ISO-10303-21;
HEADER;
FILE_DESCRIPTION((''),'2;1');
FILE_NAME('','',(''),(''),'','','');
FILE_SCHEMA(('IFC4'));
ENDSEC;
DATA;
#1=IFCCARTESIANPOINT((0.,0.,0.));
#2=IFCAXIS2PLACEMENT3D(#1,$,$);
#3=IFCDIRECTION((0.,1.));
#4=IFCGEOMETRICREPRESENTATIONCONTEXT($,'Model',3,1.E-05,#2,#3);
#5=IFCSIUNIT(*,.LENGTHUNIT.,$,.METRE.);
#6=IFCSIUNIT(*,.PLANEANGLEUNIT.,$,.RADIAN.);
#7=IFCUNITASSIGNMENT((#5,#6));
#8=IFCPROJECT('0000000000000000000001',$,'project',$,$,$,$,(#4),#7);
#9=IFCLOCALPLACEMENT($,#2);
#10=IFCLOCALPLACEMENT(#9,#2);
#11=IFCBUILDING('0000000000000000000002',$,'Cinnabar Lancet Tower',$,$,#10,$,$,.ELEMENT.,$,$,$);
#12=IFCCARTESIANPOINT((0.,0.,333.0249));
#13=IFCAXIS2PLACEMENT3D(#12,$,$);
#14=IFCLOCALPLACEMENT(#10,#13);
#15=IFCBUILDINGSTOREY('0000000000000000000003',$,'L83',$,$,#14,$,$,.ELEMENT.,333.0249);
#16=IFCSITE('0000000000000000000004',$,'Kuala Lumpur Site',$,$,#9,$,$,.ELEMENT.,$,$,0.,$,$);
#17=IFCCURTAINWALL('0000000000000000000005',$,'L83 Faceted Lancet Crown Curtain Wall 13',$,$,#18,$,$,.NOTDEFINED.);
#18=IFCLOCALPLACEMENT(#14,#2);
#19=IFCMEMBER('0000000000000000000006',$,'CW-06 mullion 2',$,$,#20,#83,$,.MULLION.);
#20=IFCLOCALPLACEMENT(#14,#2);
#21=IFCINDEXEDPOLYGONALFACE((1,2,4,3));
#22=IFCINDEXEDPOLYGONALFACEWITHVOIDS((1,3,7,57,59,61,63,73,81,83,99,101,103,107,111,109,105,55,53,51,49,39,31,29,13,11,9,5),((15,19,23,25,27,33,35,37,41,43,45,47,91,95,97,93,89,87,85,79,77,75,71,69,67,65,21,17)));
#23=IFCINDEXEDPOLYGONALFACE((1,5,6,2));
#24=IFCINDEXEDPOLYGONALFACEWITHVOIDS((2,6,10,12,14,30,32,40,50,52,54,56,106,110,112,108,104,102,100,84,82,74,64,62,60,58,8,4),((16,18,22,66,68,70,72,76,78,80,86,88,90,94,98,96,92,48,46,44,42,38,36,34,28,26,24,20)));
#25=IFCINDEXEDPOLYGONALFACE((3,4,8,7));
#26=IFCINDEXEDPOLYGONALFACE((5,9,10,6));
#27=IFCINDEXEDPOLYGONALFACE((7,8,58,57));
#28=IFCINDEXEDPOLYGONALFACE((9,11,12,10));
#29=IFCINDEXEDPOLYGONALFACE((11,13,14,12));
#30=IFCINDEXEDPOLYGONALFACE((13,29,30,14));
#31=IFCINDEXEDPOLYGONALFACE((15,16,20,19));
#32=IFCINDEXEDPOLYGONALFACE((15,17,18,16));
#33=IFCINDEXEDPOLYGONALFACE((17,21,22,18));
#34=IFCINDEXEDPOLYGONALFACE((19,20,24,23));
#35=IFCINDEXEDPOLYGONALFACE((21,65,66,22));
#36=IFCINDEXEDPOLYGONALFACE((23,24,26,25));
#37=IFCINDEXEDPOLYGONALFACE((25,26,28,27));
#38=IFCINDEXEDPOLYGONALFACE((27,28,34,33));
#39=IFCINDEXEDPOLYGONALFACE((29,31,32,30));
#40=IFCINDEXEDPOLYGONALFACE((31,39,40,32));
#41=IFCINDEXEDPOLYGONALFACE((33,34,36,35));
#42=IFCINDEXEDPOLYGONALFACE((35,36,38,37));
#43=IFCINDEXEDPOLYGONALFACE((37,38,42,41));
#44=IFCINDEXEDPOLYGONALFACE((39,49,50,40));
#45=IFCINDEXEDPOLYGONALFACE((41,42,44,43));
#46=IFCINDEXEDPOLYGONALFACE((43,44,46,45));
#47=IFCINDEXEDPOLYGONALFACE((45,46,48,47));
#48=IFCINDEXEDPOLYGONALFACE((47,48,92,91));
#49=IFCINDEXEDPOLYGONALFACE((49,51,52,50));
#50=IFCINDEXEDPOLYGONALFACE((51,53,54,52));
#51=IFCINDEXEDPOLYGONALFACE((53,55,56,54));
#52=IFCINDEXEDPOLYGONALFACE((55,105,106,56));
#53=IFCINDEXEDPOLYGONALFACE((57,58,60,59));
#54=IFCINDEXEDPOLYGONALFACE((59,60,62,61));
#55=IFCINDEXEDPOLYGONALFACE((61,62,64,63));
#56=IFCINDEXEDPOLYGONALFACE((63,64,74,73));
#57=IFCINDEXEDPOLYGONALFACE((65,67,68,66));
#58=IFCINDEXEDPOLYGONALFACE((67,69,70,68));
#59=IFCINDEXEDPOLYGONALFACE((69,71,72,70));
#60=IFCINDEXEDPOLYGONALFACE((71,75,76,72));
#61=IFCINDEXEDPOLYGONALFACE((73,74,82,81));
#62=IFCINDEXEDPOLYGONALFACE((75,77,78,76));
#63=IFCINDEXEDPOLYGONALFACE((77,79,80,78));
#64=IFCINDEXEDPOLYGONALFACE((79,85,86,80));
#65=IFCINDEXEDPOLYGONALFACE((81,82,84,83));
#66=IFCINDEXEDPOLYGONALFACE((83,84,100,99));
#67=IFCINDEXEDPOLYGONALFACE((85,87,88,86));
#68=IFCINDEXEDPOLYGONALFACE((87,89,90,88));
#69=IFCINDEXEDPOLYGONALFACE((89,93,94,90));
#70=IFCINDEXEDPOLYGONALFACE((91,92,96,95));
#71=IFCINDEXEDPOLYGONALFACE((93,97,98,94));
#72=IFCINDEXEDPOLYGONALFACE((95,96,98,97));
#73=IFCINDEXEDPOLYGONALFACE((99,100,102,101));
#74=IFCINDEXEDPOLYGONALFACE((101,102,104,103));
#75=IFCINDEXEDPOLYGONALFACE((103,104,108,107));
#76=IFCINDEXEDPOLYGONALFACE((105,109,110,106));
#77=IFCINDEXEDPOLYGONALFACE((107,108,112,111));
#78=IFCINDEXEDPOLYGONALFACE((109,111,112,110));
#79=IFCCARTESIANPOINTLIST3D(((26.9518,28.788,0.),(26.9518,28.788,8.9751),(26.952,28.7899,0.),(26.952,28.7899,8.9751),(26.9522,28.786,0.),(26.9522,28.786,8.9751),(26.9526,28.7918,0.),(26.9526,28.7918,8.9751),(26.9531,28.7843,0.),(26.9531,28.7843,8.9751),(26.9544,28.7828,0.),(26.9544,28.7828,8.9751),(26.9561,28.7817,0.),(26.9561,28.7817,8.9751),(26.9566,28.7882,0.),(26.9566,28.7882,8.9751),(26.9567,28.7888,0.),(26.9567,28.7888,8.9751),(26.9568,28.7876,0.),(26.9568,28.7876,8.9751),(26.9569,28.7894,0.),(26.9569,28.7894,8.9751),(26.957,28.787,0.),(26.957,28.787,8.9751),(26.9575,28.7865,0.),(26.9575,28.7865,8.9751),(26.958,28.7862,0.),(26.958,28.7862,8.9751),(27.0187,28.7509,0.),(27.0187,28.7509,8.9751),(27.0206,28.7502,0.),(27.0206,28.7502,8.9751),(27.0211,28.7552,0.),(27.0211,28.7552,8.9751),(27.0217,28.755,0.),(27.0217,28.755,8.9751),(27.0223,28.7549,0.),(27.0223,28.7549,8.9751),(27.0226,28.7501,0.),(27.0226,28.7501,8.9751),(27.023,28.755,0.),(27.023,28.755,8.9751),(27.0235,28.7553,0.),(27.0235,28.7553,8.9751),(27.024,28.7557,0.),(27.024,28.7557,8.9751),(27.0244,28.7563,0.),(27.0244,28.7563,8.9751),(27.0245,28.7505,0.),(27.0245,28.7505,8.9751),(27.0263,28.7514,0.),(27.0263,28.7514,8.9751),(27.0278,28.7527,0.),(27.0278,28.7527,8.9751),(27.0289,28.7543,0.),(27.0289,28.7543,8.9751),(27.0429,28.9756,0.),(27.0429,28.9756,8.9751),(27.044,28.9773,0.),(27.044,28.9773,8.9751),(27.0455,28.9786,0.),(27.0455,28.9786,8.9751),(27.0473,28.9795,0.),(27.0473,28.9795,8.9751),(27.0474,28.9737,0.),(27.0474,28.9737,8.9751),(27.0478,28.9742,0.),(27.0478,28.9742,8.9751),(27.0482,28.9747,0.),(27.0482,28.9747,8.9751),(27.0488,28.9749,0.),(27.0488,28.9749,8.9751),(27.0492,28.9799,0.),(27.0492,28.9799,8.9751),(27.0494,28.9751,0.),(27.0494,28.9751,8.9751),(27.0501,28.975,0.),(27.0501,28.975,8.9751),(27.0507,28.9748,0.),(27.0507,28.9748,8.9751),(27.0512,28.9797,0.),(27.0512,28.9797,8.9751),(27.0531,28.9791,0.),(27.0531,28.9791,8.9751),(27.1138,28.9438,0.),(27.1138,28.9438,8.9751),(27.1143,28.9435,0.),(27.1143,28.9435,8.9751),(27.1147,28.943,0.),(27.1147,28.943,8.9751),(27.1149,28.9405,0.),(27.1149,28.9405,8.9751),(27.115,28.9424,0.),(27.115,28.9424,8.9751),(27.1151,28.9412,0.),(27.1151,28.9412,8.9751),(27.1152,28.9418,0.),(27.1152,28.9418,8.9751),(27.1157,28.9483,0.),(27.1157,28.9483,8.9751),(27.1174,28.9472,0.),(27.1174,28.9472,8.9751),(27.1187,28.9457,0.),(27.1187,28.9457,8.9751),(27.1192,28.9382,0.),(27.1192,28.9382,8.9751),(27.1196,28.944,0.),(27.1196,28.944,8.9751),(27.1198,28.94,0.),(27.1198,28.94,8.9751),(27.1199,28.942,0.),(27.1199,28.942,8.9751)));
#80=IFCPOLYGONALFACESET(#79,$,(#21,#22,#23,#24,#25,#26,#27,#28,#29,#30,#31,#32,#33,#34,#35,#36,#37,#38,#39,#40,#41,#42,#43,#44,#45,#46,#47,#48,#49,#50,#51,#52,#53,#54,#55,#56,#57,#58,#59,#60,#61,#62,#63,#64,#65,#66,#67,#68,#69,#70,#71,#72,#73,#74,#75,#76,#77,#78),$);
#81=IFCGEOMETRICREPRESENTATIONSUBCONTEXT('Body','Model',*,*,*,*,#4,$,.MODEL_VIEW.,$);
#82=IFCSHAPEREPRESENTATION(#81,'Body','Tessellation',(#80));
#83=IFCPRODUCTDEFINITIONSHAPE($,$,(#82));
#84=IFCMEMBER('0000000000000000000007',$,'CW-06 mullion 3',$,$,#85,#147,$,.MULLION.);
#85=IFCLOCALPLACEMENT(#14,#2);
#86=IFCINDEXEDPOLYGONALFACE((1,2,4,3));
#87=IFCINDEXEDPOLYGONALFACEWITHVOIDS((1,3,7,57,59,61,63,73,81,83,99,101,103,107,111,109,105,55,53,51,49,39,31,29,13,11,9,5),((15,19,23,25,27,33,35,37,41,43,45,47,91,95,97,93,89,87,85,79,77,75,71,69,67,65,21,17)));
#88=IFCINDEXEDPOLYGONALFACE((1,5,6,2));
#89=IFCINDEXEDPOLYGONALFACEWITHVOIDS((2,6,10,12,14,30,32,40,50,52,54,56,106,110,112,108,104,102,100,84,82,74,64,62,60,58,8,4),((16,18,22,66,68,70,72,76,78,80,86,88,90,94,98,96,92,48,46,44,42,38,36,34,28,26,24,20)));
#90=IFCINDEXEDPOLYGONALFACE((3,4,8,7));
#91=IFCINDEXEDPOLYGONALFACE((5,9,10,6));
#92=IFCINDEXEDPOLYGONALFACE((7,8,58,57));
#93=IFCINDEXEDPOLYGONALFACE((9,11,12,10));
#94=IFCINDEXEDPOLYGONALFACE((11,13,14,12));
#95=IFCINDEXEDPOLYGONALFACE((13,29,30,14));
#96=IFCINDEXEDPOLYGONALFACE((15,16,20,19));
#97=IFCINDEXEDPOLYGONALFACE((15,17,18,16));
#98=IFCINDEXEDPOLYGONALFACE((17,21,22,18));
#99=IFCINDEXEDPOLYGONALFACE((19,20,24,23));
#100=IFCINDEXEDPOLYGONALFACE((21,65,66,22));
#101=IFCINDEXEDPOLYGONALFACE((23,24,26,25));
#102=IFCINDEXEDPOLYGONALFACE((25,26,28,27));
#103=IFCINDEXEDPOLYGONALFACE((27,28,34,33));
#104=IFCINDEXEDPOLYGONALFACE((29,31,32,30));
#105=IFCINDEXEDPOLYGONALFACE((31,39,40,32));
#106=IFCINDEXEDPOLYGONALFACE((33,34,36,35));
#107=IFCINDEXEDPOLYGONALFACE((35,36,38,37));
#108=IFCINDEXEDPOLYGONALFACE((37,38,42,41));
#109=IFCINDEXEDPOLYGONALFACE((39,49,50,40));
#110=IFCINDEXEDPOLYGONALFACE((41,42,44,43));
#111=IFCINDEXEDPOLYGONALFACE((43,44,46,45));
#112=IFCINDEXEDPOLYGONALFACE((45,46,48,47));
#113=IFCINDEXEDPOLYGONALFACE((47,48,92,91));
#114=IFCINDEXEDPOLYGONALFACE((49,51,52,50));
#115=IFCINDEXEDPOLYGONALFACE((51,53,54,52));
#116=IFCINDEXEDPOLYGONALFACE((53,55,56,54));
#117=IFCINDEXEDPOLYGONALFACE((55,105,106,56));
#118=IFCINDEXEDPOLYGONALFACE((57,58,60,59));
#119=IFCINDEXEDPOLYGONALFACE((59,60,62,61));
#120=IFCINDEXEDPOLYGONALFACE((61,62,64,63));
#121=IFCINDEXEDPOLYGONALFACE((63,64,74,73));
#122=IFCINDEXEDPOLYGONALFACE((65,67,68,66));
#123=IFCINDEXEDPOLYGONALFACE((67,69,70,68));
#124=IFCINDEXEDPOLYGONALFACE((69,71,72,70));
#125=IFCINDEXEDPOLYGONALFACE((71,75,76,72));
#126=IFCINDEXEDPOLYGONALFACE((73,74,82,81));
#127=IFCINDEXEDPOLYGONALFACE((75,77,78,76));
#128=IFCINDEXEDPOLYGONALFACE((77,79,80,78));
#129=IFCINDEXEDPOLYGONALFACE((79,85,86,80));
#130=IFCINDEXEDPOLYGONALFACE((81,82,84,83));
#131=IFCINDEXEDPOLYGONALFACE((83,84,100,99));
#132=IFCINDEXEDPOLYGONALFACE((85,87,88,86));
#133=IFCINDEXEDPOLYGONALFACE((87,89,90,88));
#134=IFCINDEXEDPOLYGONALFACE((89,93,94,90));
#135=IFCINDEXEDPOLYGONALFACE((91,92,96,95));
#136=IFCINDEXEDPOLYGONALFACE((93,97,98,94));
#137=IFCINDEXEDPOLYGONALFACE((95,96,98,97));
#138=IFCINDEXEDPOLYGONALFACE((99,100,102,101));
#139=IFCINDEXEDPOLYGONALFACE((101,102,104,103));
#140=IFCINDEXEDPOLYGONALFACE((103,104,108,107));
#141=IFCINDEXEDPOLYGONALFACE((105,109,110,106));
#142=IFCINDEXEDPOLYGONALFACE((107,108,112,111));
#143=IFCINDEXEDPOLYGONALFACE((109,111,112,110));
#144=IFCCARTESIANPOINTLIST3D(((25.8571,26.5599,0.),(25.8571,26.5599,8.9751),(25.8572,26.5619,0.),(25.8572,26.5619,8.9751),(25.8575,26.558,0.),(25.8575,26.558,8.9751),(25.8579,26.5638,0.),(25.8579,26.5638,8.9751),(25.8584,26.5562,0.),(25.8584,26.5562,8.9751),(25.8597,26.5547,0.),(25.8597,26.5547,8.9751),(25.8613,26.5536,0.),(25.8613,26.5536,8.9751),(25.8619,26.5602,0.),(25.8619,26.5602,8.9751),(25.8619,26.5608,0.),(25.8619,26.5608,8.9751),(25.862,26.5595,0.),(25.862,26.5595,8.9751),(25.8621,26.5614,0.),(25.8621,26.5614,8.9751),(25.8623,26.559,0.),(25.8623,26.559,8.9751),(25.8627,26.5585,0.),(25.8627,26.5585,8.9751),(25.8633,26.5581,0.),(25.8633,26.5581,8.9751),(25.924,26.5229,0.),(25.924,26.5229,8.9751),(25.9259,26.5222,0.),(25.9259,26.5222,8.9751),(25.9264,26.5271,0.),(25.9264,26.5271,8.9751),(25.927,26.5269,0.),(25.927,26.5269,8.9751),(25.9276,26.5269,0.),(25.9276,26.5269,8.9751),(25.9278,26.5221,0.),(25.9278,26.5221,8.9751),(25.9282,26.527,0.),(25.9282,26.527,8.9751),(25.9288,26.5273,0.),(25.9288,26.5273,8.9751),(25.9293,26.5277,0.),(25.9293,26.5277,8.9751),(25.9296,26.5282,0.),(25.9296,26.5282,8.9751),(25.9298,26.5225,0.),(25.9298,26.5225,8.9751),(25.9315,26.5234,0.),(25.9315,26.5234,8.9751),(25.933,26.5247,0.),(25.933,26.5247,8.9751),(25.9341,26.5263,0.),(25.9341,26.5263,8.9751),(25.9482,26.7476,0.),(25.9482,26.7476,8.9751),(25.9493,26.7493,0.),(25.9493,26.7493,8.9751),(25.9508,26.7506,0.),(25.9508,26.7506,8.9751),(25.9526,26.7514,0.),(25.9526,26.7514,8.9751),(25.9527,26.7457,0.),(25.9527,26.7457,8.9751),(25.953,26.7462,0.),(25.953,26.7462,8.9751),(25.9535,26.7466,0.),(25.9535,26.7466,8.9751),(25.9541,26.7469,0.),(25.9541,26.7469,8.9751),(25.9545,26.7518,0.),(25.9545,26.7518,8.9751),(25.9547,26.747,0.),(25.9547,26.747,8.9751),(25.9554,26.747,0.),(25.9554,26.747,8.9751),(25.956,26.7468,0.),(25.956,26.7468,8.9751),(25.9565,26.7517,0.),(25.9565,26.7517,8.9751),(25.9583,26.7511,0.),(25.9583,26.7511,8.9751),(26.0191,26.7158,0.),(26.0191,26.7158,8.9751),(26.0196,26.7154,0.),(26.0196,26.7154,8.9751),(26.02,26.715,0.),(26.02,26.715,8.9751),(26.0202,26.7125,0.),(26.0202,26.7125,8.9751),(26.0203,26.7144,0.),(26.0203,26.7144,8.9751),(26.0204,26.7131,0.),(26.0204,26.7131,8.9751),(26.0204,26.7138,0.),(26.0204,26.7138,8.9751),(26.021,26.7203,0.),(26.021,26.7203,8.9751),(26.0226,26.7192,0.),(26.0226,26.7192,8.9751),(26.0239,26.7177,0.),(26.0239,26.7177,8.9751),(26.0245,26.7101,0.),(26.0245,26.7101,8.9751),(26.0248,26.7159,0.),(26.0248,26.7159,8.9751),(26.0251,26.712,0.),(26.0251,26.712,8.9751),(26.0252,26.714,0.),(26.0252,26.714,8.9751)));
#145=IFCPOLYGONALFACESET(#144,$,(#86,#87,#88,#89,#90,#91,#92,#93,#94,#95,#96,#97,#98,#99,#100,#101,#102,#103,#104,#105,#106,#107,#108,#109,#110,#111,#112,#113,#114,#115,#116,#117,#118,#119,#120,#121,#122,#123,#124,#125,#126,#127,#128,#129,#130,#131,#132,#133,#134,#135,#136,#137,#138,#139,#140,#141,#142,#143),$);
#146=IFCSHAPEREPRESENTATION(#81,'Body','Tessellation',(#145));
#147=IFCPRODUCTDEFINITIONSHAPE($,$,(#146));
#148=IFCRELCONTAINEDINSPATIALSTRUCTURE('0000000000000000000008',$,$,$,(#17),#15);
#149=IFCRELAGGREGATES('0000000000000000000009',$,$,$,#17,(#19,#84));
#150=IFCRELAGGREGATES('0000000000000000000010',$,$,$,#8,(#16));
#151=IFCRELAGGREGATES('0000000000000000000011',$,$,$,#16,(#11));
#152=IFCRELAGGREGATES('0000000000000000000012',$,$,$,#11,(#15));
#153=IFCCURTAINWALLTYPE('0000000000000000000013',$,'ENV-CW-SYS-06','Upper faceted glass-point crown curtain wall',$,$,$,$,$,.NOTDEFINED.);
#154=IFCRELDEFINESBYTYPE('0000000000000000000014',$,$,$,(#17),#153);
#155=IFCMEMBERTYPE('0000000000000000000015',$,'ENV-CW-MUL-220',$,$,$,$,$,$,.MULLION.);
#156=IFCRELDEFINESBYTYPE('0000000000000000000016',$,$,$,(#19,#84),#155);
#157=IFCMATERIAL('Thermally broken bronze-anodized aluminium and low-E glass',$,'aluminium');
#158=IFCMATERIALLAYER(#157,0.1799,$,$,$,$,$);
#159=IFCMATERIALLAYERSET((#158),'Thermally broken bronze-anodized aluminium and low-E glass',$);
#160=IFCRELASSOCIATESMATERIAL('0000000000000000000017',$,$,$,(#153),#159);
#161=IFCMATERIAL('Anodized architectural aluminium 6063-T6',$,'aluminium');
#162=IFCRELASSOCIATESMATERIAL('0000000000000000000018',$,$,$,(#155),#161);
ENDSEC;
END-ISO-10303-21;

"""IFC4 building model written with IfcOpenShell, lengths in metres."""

from ifc_helpers import new_model, si_unit, direction, frame, origin, origin_2d, place, context, subcontext, project, spatial, hollow_rectangle, extrude, material, layer, layer_set, material_profile, profile_set, type_object, element, aggregate, save


model = new_model("IFC4")

# Units and contexts
model_context = context("Model", 3, precision=1e-05, world=origin(), true_north=direction((0.0, 1.0)))
body_context = subcontext(model_context, "Body", "Model", "MODEL_VIEW")
ifc_project = project(units=[si_unit("LENGTHUNIT", "METRE"), si_unit("PLANEANGLEUNIT", "RADIAN")], contexts=[model_context])

# Site, building, storey
site_placement = place(None, origin())
site = spatial("IfcSite", under=ifc_project, at=site_placement, Name="Kuala Lumpur Site", CompositionType="ELEMENT", RefElevation=0.0)
building_placement = place(site_placement, origin())
building = spatial("IfcBuilding", under=site, at=building_placement, Name="Cinnabar Lancet Tower", CompositionType="ELEMENT")
storey_placement = place(building_placement, frame((0.0, 0.0, 333.0249)))
storey = spatial("IfcBuildingStorey", under=building, at=storey_placement, Name="L83", CompositionType="ELEMENT", Elevation=333.0249)

# Curtain wall, members
ifc_material_1 = material(Name="Thermally broken bronze-anodized aluminium and low-E glass", Category="aluminium")
ifc_layer_1 = layer(ifc_material_1, 0.1799)
ifc_layer_set_1 = layer_set([ifc_layer_1], Name="Thermally broken bronze-anodized aluminium and low-E glass")
curtain_wall_type = type_object("IfcCurtainWallType", Name="ENV-CW-SYS-06", Description="Upper faceted glass-point crown curtain wall", PredefinedType="NOTDEFINED", material=ifc_layer_set_1)
curtain_wall_1_placement = place(storey_placement, origin())
curtain_wall_1 = element("IfcCurtainWall", 1, at=curtain_wall_1_placement, inside=storey, type_object=curtain_wall_type, Name="L83 Faceted Lancet Crown Curtain Wall 13", PredefinedType="NOTDEFINED")
ifc_material_2 = material(Name="Anodized architectural aluminium 6063-T6", Category="aluminium")
ifc_material_profile_1 = material_profile(ifc_material_2, hollow_rectangle(XDim=0.085, YDim=0.22, WallThickness=0.0049, InnerFilletRadius=0.0024, OuterFilletRadius=0.0076, at=origin_2d()), Name="CW-MUL 220x85x5")
ifc_profile_set_1 = profile_set([ifc_material_profile_1], Name="Anodized architectural aluminium 6063-T6")
member_type_1 = type_object("IfcMemberType", Name="ENV-CW-MUL-220", PredefinedType="MULLION", material=ifc_profile_set_1)
member_1_placement = place(storey_placement, frame((27.0359, 28.865, 0.0), z_axis=(0.0, 0.0, 1.0), x_axis=(0.89751, -0.440994, 0.0)))
member_1 = element("IfcMember", 2, at=member_1_placement, type_object=member_type_1, Name="CW-06 mullion 2", PredefinedType="MULLION", context=body_context, shape_type="SweptSolid", body=[
    extrude(hollow_rectangle(XDim=0.085, YDim=0.22, WallThickness=0.0049, InnerFilletRadius=0.0024, OuterFilletRadius=0.0076, at=origin_2d()), origin(), (0.0, 0.0, 1.0), 8.9751),
])
member_2_placement = place(storey_placement, frame((25.9412, 26.637, 0.0), z_axis=(0.0, 0.0, 1.0), x_axis=(0.89751, -0.440994, 0.0)))
member_2 = element("IfcMember", 3, at=member_2_placement, type_object=member_type_1, Name="CW-06 mullion 3", PredefinedType="MULLION", context=body_context, shape_type="SweptSolid", body=[
    extrude(hollow_rectangle(XDim=0.085, YDim=0.22, WallThickness=0.0049, InnerFilletRadius=0.0024, OuterFilletRadius=0.0076, at=origin_2d()), origin(), (0.0, 0.0, 1.0), 8.9751),
])

aggregate(curtain_wall_1, [member_1, member_2])

save(model, "model.ifc")
